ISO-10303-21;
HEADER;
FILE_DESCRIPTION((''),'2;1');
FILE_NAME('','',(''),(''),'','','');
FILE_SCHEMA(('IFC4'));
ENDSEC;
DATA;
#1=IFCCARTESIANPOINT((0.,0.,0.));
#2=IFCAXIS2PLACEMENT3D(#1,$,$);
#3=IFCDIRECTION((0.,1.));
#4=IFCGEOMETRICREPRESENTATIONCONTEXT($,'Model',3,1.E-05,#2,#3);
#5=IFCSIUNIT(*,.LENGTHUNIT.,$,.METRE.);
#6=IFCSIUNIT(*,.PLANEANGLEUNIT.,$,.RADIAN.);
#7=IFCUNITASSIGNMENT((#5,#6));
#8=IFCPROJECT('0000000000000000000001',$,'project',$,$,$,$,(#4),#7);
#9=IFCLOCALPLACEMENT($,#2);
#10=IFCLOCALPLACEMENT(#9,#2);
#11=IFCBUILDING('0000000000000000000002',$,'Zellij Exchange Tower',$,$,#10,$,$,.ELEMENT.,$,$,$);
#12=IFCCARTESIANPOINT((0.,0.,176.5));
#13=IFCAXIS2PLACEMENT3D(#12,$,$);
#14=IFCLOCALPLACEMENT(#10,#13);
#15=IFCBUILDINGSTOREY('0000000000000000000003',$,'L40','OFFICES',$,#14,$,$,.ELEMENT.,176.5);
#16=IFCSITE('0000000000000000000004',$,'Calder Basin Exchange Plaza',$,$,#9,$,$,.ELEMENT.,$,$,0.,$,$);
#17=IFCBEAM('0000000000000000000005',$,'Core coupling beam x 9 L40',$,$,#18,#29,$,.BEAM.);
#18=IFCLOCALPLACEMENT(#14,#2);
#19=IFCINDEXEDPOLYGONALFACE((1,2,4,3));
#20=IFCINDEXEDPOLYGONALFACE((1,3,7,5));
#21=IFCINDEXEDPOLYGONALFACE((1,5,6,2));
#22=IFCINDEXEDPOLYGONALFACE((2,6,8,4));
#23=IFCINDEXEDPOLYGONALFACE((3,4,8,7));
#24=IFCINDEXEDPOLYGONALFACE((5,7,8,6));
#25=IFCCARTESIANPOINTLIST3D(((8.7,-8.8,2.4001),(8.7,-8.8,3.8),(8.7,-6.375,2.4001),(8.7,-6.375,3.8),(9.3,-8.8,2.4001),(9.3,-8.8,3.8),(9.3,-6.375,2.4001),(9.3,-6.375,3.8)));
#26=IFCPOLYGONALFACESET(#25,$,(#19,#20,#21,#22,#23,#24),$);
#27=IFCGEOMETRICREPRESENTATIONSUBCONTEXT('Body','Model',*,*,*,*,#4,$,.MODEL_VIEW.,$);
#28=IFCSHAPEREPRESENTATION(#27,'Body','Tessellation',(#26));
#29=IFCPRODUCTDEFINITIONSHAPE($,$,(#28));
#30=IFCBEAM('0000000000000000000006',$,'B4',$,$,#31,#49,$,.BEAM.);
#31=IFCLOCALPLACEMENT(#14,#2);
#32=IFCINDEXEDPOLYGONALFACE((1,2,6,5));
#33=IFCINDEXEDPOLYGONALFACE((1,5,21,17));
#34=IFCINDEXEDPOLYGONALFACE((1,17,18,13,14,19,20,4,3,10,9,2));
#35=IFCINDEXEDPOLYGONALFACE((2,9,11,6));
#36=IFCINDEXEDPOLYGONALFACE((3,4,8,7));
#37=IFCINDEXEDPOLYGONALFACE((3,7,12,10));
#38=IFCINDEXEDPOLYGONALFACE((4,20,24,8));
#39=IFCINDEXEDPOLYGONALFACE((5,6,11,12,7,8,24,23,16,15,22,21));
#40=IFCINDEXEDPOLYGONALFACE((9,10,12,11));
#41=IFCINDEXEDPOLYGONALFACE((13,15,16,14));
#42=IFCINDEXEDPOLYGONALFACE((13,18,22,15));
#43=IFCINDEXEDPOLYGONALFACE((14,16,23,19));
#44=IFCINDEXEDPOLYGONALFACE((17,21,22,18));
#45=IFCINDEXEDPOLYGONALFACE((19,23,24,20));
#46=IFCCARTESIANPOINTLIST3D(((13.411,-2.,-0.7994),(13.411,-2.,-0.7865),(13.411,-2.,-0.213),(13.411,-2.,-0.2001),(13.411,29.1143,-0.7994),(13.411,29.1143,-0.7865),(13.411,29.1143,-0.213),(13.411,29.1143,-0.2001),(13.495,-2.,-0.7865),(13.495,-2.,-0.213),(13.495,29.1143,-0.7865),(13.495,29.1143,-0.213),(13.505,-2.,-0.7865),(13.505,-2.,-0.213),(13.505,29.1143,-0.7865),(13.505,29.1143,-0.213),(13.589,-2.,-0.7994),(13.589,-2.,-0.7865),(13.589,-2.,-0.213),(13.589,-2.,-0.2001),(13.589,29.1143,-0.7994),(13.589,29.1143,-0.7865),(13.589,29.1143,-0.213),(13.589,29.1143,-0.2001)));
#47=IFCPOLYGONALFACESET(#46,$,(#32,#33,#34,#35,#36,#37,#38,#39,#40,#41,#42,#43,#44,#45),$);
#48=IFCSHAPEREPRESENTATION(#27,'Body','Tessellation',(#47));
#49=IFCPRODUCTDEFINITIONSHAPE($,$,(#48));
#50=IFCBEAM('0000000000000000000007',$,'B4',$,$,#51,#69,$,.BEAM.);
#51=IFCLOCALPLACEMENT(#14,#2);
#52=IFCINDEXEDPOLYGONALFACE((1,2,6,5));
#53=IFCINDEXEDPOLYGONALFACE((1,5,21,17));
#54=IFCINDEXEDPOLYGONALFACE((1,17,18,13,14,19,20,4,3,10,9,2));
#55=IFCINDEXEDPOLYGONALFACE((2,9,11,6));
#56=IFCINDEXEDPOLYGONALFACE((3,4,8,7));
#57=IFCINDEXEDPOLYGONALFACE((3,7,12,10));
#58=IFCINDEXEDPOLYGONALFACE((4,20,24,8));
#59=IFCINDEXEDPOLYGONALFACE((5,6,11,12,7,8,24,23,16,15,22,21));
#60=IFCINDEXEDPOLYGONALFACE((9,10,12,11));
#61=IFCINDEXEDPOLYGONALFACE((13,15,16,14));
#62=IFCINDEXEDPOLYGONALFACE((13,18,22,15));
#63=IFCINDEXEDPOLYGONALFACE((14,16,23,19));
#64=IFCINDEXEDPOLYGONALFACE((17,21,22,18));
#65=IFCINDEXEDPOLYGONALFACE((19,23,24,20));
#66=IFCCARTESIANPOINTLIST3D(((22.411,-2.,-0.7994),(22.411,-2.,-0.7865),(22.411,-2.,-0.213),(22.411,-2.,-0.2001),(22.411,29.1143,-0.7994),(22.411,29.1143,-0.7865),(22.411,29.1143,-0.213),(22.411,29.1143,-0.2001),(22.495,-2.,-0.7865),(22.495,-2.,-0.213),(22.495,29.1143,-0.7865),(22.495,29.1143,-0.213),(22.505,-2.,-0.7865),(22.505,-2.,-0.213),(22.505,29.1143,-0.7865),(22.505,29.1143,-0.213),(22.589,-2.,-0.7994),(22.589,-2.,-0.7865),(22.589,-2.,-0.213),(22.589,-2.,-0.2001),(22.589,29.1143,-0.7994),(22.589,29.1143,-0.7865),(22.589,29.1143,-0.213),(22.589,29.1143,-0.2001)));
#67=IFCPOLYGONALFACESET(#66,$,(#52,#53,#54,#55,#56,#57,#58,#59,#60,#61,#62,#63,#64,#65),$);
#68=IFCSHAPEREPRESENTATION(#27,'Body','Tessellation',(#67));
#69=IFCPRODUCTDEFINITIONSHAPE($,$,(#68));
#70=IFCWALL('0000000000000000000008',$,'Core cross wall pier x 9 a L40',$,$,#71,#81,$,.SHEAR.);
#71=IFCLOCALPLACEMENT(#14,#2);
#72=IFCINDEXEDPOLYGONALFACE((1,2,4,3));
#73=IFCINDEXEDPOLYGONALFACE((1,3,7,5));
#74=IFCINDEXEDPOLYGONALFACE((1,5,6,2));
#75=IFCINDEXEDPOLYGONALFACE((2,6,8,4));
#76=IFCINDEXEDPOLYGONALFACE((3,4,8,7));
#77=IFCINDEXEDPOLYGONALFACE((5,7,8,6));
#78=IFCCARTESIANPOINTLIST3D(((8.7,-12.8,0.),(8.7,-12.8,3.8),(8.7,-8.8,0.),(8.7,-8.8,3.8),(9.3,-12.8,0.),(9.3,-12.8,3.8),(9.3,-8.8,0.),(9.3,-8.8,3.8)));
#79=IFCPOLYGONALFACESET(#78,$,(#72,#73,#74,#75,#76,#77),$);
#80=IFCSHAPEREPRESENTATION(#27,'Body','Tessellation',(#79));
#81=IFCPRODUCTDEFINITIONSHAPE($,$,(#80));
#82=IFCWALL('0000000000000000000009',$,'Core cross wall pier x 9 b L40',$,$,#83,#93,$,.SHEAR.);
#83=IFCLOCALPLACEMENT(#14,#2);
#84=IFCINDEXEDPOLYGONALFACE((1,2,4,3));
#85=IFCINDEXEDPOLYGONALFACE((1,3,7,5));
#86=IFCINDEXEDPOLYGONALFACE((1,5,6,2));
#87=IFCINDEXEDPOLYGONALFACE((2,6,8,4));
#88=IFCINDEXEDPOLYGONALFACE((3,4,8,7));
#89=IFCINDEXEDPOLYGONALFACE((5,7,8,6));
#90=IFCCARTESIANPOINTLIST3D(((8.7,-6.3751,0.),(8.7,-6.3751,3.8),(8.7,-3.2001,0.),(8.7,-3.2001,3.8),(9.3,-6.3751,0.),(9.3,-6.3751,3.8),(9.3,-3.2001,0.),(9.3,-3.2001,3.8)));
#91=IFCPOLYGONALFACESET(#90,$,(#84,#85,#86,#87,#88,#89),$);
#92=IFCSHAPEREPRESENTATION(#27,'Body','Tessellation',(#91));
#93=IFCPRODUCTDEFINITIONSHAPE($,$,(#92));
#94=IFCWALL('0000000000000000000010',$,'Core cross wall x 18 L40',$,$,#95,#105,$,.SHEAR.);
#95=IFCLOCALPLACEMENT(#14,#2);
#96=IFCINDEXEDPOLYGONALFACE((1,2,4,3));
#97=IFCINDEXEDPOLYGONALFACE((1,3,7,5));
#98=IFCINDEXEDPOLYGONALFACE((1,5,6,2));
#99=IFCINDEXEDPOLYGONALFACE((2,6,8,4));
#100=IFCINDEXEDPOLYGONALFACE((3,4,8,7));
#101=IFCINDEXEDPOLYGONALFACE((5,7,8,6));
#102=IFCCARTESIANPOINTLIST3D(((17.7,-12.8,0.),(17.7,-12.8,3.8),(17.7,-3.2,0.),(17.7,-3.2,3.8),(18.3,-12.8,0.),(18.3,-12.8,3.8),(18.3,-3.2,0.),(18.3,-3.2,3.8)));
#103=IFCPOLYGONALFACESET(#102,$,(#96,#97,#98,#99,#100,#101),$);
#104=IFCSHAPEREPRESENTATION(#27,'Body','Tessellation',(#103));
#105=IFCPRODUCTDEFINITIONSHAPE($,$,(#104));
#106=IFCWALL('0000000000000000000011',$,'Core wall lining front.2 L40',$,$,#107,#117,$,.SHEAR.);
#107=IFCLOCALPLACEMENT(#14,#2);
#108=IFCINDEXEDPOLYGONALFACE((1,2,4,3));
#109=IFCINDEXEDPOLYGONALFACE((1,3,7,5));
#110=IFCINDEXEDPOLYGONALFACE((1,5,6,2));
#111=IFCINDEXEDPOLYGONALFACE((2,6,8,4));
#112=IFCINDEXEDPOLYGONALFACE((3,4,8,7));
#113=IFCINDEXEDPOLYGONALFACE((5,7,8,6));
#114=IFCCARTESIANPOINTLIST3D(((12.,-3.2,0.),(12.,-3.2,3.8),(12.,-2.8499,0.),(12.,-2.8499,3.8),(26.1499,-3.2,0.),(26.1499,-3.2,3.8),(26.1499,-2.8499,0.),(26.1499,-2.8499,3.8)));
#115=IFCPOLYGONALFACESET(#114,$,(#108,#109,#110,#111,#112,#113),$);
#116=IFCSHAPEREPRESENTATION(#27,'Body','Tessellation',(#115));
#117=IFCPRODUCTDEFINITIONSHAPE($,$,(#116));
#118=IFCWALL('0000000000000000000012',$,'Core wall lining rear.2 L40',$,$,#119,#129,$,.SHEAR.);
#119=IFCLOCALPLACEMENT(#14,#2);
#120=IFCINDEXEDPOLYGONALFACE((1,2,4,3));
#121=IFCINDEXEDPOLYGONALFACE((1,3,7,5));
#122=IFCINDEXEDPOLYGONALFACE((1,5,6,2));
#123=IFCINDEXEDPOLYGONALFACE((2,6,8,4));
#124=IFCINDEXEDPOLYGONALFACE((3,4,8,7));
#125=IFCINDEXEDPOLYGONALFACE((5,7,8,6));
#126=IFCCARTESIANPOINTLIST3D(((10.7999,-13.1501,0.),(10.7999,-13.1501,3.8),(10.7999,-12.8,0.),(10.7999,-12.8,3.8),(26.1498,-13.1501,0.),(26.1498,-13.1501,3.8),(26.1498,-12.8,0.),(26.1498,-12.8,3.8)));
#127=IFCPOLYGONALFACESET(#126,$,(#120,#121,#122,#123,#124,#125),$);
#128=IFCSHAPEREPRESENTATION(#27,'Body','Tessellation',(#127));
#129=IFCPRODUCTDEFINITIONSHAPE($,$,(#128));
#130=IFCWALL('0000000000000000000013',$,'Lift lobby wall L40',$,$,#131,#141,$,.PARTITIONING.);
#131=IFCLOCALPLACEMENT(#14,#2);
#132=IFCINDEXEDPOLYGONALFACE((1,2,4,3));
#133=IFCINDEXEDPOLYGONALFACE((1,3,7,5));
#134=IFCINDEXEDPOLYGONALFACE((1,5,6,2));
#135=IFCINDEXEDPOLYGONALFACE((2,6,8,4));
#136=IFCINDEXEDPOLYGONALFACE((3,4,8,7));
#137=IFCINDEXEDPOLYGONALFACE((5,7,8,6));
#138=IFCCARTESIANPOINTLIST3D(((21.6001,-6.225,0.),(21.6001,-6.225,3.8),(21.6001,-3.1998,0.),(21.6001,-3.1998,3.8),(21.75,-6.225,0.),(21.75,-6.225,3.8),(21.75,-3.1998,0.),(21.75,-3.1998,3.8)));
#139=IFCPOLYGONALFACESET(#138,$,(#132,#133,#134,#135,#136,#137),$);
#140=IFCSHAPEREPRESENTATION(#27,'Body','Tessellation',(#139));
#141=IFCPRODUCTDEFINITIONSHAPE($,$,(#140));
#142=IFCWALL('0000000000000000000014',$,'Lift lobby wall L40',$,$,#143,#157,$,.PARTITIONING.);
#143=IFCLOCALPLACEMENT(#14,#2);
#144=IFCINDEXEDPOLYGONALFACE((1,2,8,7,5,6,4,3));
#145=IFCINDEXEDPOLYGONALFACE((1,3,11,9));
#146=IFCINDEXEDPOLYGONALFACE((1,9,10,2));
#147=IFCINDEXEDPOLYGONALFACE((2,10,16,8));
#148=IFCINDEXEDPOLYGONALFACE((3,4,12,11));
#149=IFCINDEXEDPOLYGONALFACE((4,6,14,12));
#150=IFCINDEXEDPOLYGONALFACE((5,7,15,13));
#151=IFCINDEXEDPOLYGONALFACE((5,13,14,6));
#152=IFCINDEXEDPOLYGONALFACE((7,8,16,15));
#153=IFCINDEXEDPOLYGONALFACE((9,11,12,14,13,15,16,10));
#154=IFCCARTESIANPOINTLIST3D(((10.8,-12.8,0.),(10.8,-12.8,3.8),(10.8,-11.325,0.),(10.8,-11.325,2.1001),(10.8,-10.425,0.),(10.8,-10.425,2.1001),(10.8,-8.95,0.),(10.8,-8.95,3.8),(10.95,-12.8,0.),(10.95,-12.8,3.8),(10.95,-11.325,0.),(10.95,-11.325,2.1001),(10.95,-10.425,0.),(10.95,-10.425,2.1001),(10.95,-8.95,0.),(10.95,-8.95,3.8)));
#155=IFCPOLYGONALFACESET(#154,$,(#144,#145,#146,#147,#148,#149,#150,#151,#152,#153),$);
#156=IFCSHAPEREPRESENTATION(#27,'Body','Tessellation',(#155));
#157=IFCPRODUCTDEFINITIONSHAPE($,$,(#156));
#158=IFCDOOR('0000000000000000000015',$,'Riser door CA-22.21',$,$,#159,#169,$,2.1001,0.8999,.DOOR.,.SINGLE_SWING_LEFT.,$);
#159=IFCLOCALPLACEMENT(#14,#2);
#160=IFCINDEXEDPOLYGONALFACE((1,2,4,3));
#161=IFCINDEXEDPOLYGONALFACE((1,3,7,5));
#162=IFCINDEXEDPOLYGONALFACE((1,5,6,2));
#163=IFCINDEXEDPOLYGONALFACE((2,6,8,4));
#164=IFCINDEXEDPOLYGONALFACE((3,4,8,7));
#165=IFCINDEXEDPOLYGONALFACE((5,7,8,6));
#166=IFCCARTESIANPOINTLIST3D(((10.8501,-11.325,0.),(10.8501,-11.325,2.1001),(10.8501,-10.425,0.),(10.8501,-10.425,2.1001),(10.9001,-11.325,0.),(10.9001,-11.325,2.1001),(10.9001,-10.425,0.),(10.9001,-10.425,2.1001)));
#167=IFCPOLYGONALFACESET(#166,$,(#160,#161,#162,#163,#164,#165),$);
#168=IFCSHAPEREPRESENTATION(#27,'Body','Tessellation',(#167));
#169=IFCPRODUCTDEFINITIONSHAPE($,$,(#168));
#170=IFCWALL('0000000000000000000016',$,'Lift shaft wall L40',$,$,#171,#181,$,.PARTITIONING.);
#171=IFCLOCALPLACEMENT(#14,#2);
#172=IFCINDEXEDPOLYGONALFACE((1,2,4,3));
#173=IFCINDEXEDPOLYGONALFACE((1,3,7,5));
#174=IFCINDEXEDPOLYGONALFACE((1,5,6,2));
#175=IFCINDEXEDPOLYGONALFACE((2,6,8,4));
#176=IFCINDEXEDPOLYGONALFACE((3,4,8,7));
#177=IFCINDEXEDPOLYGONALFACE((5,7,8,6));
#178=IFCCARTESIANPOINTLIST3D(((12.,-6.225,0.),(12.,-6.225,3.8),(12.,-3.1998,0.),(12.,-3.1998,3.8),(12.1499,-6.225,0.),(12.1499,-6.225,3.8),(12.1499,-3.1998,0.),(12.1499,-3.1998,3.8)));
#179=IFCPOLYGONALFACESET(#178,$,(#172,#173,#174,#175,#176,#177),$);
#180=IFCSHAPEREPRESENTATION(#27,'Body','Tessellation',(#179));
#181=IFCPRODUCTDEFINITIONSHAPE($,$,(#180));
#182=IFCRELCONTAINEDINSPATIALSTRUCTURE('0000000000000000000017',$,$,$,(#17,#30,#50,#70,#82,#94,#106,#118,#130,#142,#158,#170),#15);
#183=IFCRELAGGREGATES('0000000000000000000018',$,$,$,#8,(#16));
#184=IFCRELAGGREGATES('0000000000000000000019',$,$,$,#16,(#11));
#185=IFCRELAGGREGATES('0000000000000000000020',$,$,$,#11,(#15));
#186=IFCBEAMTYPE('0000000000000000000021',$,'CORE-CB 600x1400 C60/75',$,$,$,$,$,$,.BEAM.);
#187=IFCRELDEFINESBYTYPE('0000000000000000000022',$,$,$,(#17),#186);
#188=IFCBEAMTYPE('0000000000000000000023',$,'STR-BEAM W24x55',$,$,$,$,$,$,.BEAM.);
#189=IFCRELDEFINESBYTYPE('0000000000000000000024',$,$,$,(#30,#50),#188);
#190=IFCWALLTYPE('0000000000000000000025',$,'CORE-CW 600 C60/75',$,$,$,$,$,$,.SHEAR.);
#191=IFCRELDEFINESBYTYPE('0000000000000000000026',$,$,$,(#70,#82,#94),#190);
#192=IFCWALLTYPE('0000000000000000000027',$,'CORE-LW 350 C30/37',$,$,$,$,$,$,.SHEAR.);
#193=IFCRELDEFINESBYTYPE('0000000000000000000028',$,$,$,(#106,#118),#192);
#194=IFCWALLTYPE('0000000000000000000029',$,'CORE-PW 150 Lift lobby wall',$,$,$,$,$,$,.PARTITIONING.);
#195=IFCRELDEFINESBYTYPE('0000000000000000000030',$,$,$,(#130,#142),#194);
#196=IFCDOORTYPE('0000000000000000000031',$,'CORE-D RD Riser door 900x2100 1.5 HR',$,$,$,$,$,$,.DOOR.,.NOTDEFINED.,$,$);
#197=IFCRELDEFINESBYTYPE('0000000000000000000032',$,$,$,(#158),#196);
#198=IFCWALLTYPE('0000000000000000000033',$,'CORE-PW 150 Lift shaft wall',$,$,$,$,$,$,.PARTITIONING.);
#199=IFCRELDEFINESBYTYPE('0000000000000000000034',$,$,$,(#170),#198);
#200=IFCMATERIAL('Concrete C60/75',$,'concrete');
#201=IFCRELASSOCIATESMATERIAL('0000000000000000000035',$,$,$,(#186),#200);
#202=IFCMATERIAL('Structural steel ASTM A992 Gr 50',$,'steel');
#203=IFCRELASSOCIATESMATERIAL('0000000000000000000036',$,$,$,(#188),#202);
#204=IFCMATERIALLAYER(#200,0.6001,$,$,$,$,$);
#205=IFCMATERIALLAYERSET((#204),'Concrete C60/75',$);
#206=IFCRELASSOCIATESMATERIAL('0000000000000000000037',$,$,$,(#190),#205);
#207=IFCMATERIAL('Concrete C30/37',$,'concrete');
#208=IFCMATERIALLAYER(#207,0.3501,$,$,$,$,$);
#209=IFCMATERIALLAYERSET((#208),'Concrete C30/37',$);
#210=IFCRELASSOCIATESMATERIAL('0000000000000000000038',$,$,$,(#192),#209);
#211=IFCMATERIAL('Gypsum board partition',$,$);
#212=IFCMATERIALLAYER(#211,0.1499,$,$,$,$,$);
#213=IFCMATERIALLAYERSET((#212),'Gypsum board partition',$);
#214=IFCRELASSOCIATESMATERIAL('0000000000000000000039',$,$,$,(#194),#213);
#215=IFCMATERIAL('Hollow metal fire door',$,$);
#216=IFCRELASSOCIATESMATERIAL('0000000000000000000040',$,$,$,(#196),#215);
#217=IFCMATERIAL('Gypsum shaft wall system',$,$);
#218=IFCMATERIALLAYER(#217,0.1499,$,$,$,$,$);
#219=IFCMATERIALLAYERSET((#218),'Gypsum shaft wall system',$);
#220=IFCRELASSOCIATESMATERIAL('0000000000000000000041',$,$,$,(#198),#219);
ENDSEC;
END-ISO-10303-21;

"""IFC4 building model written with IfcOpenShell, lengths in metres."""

from ifc_helpers import new_model, si_unit, direction, frame, frame_2d, origin, origin_2d, place, context, subcontext, project, spatial, rectangle, i_section, extrude, material, layer, layer_set, material_profile, profile_set, type_object, element, fill, save


model = new_model("IFC4")

# Units and contexts
model_context = context("Model", 3, precision=1e-05, world=origin(), true_north=direction((0.0, 1.0)))
body_context = subcontext(model_context, "Body", "Model", "MODEL_VIEW")
ifc_project = project(units=[si_unit("LENGTHUNIT", "METRE"), si_unit("PLANEANGLEUNIT", "RADIAN")], contexts=[model_context])

# Site, building, storey
site_placement = place(None, origin())
site = spatial("IfcSite", under=ifc_project, at=site_placement, Name="Calder Basin Exchange Plaza", CompositionType="ELEMENT", RefElevation=0.0)
building_placement = place(site_placement, origin())
building = spatial("IfcBuilding", under=site, at=building_placement, Name="Zellij Exchange Tower", CompositionType="ELEMENT")
storey_placement = place(building_placement, frame((0.0, 0.0, 176.5)))
storey = spatial("IfcBuildingStorey", under=building, at=storey_placement, Name="L40", Description="OFFICES", CompositionType="ELEMENT", Elevation=176.5)

# Beams
ifc_material_1 = material(Name="Concrete C60/75", Category="concrete")
ifc_material_profile_1 = material_profile(ifc_material_1, rectangle(XDim=0.6001, YDim=1.3999, at=origin_2d()), Name="CORE-CB 600x1400 C60/75")
ifc_profile_set_1 = profile_set([ifc_material_profile_1], Name="Concrete C60/75")
beam_type_1 = type_object("IfcBeamType", Name="CORE-CB 600x1400 C60/75", PredefinedType="BEAM", material=ifc_profile_set_1)
beam_placement = place(storey_placement, frame((9.0, -8.8, 3.1001), z_axis=(0.0, 1.0, 0.0), x_axis=(-1.0, 0.0, 0.0)))
element("IfcBeam", 1, at=beam_placement, inside=storey, type_object=beam_type_1, Name="Core coupling beam x 9 L40", PredefinedType="BEAM", context=body_context, shape_type="SweptSolid", body=[
    extrude(rectangle(XDim=0.6001, YDim=1.3999, at=origin_2d()), origin(), (0.0, 0.0, 1.0), 2.425),
])
ifc_material_2 = material(Name="Structural steel ASTM A992 Gr 50", Category="steel")
ifc_material_profile_2 = material_profile(ifc_material_2, i_section(OverallWidth=0.178, OverallDepth=0.5994, WebThickness=0.01, FlangeThickness=0.0129, at=origin_2d()), Name="W24x55")
ifc_profile_set_2 = profile_set([ifc_material_profile_2], Name="Structural steel ASTM A992 Gr 50")
beam_type_2 = type_object("IfcBeamType", Name="STR-BEAM W24x55", PredefinedType="BEAM", material=ifc_profile_set_2)
for number, where, z_axis, x_axis, name in (
    (2, (13.5, -2.0, -0.4998), (0.0, 1.0, 0.0), (-1.0, 0.0, 0.0), "B4"),
    (3, (22.5, -2.0, -0.4998), (0.0, 1.0, 0.0), (-1.0, 0.0, 0.0), "B4"),
):
    element("IfcBeam", number, at=place(storey_placement, frame(where, z_axis=z_axis, x_axis=x_axis)), inside=storey, type_object=beam_type_2, Name=name, PredefinedType="BEAM", context=body_context, shape_type="SweptSolid", body=[
        extrude(i_section(OverallWidth=0.178, OverallDepth=0.5994, WebThickness=0.01, FlangeThickness=0.0129, at=origin_2d()), origin(), (0.0, 0.0, 1.0), 31.1143),
    ])

# Walls
ifc_layer_1 = layer(ifc_material_1, 0.6001)
ifc_layer_set_1 = layer_set([ifc_layer_1], Name="Concrete C60/75")
wall_type_1 = type_object("IfcWallType", Name="CORE-CW 600 C60/75", PredefinedType="SHEAR", material=ifc_layer_set_1)
wall_1_placement = place(storey_placement, frame((9.0, -12.8, 0.0), z_axis=(0.0, 0.0, 1.0), x_axis=(0.0, 1.0, 0.0)))
element("IfcWall", 4, at=wall_1_placement, inside=storey, type_object=wall_type_1, Name="Core cross wall pier x 9 a L40", PredefinedType="SHEAR", context=body_context, shape_type="SweptSolid", body=[
    extrude(rectangle(XDim=4.0, YDim=0.6001, at=frame_2d((2.0, 0.0))), origin(), (0.0, 0.0, 1.0), 3.8),
])
wall_2_placement = place(storey_placement, frame((9.0, -6.375, 0.0), z_axis=(0.0, 0.0, 1.0), x_axis=(0.0, 1.0, 0.0)))
element("IfcWall", 5, at=wall_2_placement, inside=storey, type_object=wall_type_1, Name="Core cross wall pier x 9 b L40", PredefinedType="SHEAR", context=body_context, shape_type="SweptSolid", body=[
    extrude(rectangle(XDim=3.175, YDim=0.6001, at=frame_2d((1.5874, 0.0))), origin(), (0.0, 0.0, 1.0), 3.8),
])
wall_3_placement = place(storey_placement, frame((18.0, -12.8, 0.0), z_axis=(0.0, 0.0, 1.0), x_axis=(0.0, 1.0, 0.0)))
element("IfcWall", 6, at=wall_3_placement, inside=storey, type_object=wall_type_1, Name="Core cross wall x 18 L40", PredefinedType="SHEAR", context=body_context, shape_type="SweptSolid", body=[
    extrude(rectangle(XDim=9.6001, YDim=0.6001, at=frame_2d((4.8, 0.0))), origin(), (0.0, 0.0, 1.0), 3.8),
])
ifc_material_3 = material(Name="Concrete C30/37", Category="concrete")
ifc_layer_2 = layer(ifc_material_3, 0.3501)
ifc_layer_set_2 = layer_set([ifc_layer_2], Name="Concrete C30/37")
wall_type_2 = type_object("IfcWallType", Name="CORE-LW 350 C30/37", PredefinedType="SHEAR", material=ifc_layer_set_2)
wall_4_placement = place(storey_placement, frame((12.0, -3.0249, 0.0), z_axis=(0.0, 0.0, 1.0), x_axis=(1.0, 0.0, 0.0)))
element("IfcWall", 7, at=wall_4_placement, inside=storey, type_object=wall_type_2, Name="Core wall lining front.2 L40", PredefinedType="SHEAR", context=body_context, shape_type="SweptSolid", body=[
    extrude(rectangle(XDim=14.1499, YDim=0.3501, at=frame_2d((7.075, 0.0))), origin(), (0.0, 0.0, 1.0), 3.8),
])
wall_5_placement = place(storey_placement, frame((10.8, -12.9751, 0.0), z_axis=(0.0, 0.0, 1.0), x_axis=(1.0, 0.0, 0.0)))
element("IfcWall", 8, at=wall_5_placement, inside=storey, type_object=wall_type_2, Name="Core wall lining rear.2 L40", PredefinedType="SHEAR", context=body_context, shape_type="SweptSolid", body=[
    extrude(rectangle(XDim=15.3499, YDim=0.3501, at=frame_2d((7.6748, 0.0))), origin(), (0.0, 0.0, 1.0), 3.8),
])
ifc_material_4 = material(Name="Gypsum board partition")
ifc_layer_3 = layer(ifc_material_4, 0.1499)
ifc_layer_set_3 = layer_set([ifc_layer_3], Name="Gypsum board partition")
wall_type_3 = type_object("IfcWallType", Name="CORE-PW 150 Lift lobby wall", PredefinedType="PARTITIONING", material=ifc_layer_set_3)
wall_6_placement = place(storey_placement, frame((21.675, -6.2251, 0.0), z_axis=(0.0, 0.0, 1.0), x_axis=(0.0, 1.0, 0.0)))
element("IfcWall", 9, at=wall_6_placement, inside=storey, type_object=wall_type_3, Name="Lift lobby wall L40", PredefinedType="PARTITIONING", context=body_context, shape_type="SweptSolid", body=[
    extrude(rectangle(XDim=3.0251, YDim=0.1499, at=frame_2d((1.5127, 0.0))), origin(), (0.0, 0.0, 1.0), 3.8),
])

# Wall, opening, door
wall_7_placement = place(storey_placement, frame((10.875, -12.8, 0.0), z_axis=(0.0, 0.0, 1.0), x_axis=(0.0, 1.0, 0.0)))
wall_7 = element("IfcWall", 10, at=wall_7_placement, inside=storey, type_object=wall_type_3, Name="Lift lobby wall L40", PredefinedType="PARTITIONING", context=body_context, shape_type="SweptSolid", body=[
    extrude(rectangle(XDim=3.8501, YDim=0.1499, at=frame_2d((1.925, 0.0))), origin(), (0.0, 0.0, 1.0), 3.8),
])
opening_1_placement = place(wall_7_placement, frame((1.4751, 0.0, 0.0)))
opening_1 = element("IfcOpeningElement", 11, at=opening_1_placement, cuts=wall_7, PredefinedType="OPENING", context=body_context, shape_type="SweptSolid", body=[
    extrude(rectangle(XDim=0.8999, YDim=2.1001, at=frame_2d((0.45, 1.05))), frame((0.0, 0.0869, 0.0), z_axis=(0.0, -1.0, 0.0), x_axis=(1.0, 0.0, 0.0)), (0.0, 0.0, 1.0), 0.1738),
])
ifc_material_5 = material(Name="Hollow metal fire door")
door_type_1 = type_object("IfcDoorType", Name="CORE-D RD Riser door 900x2100 1.5 HR", OperationType="NOTDEFINED", PredefinedType="DOOR", material=ifc_material_5)
door_1_placement = place(opening_1_placement, origin())
door_1 = element("IfcDoor", 12, at=door_1_placement, inside=storey, type_object=door_type_1, Name="Riser door CA-22.21", OperationType="SINGLE_SWING_LEFT", OverallHeight=2.1001, OverallWidth=0.8999, PredefinedType="DOOR", context=body_context, shape_type="SweptSolid", body=[
    extrude(rectangle(XDim=0.8999, YDim=2.1001, at=frame_2d((0.45, 1.05))), frame((0.0, 0.0249, 0.0), z_axis=(0.0, -1.0, 0.0), x_axis=(1.0, 0.0, 0.0)), (0.0, 0.0, 1.0), 0.05),
])
fill(opening_1, door_1)

# Wall
ifc_material_6 = material(Name="Gypsum shaft wall system")
ifc_layer_4 = layer(ifc_material_6, 0.1499)
ifc_layer_set_4 = layer_set([ifc_layer_4], Name="Gypsum shaft wall system")
wall_type_4 = type_object("IfcWallType", Name="CORE-PW 150 Lift shaft wall", PredefinedType="PARTITIONING", material=ifc_layer_set_4)
for number, where, z_axis, x_axis, name in (
    (13, (12.075, -6.2251, 0.0), (0.0, 0.0, 1.0), (0.0, 1.0, 0.0), "Lift shaft wall L40"),
):
    element("IfcWall", number, at=place(storey_placement, frame(where, z_axis=z_axis, x_axis=x_axis)), inside=storey, type_object=wall_type_4, Name=name, PredefinedType="PARTITIONING", context=body_context, shape_type="SweptSolid", body=[
        extrude(rectangle(XDim=3.0251, YDim=0.1499, at=frame_2d((1.5127, 0.0))), origin(), (0.0, 0.0, 1.0), 3.8),
    ])

save(model, "model.ifc")
